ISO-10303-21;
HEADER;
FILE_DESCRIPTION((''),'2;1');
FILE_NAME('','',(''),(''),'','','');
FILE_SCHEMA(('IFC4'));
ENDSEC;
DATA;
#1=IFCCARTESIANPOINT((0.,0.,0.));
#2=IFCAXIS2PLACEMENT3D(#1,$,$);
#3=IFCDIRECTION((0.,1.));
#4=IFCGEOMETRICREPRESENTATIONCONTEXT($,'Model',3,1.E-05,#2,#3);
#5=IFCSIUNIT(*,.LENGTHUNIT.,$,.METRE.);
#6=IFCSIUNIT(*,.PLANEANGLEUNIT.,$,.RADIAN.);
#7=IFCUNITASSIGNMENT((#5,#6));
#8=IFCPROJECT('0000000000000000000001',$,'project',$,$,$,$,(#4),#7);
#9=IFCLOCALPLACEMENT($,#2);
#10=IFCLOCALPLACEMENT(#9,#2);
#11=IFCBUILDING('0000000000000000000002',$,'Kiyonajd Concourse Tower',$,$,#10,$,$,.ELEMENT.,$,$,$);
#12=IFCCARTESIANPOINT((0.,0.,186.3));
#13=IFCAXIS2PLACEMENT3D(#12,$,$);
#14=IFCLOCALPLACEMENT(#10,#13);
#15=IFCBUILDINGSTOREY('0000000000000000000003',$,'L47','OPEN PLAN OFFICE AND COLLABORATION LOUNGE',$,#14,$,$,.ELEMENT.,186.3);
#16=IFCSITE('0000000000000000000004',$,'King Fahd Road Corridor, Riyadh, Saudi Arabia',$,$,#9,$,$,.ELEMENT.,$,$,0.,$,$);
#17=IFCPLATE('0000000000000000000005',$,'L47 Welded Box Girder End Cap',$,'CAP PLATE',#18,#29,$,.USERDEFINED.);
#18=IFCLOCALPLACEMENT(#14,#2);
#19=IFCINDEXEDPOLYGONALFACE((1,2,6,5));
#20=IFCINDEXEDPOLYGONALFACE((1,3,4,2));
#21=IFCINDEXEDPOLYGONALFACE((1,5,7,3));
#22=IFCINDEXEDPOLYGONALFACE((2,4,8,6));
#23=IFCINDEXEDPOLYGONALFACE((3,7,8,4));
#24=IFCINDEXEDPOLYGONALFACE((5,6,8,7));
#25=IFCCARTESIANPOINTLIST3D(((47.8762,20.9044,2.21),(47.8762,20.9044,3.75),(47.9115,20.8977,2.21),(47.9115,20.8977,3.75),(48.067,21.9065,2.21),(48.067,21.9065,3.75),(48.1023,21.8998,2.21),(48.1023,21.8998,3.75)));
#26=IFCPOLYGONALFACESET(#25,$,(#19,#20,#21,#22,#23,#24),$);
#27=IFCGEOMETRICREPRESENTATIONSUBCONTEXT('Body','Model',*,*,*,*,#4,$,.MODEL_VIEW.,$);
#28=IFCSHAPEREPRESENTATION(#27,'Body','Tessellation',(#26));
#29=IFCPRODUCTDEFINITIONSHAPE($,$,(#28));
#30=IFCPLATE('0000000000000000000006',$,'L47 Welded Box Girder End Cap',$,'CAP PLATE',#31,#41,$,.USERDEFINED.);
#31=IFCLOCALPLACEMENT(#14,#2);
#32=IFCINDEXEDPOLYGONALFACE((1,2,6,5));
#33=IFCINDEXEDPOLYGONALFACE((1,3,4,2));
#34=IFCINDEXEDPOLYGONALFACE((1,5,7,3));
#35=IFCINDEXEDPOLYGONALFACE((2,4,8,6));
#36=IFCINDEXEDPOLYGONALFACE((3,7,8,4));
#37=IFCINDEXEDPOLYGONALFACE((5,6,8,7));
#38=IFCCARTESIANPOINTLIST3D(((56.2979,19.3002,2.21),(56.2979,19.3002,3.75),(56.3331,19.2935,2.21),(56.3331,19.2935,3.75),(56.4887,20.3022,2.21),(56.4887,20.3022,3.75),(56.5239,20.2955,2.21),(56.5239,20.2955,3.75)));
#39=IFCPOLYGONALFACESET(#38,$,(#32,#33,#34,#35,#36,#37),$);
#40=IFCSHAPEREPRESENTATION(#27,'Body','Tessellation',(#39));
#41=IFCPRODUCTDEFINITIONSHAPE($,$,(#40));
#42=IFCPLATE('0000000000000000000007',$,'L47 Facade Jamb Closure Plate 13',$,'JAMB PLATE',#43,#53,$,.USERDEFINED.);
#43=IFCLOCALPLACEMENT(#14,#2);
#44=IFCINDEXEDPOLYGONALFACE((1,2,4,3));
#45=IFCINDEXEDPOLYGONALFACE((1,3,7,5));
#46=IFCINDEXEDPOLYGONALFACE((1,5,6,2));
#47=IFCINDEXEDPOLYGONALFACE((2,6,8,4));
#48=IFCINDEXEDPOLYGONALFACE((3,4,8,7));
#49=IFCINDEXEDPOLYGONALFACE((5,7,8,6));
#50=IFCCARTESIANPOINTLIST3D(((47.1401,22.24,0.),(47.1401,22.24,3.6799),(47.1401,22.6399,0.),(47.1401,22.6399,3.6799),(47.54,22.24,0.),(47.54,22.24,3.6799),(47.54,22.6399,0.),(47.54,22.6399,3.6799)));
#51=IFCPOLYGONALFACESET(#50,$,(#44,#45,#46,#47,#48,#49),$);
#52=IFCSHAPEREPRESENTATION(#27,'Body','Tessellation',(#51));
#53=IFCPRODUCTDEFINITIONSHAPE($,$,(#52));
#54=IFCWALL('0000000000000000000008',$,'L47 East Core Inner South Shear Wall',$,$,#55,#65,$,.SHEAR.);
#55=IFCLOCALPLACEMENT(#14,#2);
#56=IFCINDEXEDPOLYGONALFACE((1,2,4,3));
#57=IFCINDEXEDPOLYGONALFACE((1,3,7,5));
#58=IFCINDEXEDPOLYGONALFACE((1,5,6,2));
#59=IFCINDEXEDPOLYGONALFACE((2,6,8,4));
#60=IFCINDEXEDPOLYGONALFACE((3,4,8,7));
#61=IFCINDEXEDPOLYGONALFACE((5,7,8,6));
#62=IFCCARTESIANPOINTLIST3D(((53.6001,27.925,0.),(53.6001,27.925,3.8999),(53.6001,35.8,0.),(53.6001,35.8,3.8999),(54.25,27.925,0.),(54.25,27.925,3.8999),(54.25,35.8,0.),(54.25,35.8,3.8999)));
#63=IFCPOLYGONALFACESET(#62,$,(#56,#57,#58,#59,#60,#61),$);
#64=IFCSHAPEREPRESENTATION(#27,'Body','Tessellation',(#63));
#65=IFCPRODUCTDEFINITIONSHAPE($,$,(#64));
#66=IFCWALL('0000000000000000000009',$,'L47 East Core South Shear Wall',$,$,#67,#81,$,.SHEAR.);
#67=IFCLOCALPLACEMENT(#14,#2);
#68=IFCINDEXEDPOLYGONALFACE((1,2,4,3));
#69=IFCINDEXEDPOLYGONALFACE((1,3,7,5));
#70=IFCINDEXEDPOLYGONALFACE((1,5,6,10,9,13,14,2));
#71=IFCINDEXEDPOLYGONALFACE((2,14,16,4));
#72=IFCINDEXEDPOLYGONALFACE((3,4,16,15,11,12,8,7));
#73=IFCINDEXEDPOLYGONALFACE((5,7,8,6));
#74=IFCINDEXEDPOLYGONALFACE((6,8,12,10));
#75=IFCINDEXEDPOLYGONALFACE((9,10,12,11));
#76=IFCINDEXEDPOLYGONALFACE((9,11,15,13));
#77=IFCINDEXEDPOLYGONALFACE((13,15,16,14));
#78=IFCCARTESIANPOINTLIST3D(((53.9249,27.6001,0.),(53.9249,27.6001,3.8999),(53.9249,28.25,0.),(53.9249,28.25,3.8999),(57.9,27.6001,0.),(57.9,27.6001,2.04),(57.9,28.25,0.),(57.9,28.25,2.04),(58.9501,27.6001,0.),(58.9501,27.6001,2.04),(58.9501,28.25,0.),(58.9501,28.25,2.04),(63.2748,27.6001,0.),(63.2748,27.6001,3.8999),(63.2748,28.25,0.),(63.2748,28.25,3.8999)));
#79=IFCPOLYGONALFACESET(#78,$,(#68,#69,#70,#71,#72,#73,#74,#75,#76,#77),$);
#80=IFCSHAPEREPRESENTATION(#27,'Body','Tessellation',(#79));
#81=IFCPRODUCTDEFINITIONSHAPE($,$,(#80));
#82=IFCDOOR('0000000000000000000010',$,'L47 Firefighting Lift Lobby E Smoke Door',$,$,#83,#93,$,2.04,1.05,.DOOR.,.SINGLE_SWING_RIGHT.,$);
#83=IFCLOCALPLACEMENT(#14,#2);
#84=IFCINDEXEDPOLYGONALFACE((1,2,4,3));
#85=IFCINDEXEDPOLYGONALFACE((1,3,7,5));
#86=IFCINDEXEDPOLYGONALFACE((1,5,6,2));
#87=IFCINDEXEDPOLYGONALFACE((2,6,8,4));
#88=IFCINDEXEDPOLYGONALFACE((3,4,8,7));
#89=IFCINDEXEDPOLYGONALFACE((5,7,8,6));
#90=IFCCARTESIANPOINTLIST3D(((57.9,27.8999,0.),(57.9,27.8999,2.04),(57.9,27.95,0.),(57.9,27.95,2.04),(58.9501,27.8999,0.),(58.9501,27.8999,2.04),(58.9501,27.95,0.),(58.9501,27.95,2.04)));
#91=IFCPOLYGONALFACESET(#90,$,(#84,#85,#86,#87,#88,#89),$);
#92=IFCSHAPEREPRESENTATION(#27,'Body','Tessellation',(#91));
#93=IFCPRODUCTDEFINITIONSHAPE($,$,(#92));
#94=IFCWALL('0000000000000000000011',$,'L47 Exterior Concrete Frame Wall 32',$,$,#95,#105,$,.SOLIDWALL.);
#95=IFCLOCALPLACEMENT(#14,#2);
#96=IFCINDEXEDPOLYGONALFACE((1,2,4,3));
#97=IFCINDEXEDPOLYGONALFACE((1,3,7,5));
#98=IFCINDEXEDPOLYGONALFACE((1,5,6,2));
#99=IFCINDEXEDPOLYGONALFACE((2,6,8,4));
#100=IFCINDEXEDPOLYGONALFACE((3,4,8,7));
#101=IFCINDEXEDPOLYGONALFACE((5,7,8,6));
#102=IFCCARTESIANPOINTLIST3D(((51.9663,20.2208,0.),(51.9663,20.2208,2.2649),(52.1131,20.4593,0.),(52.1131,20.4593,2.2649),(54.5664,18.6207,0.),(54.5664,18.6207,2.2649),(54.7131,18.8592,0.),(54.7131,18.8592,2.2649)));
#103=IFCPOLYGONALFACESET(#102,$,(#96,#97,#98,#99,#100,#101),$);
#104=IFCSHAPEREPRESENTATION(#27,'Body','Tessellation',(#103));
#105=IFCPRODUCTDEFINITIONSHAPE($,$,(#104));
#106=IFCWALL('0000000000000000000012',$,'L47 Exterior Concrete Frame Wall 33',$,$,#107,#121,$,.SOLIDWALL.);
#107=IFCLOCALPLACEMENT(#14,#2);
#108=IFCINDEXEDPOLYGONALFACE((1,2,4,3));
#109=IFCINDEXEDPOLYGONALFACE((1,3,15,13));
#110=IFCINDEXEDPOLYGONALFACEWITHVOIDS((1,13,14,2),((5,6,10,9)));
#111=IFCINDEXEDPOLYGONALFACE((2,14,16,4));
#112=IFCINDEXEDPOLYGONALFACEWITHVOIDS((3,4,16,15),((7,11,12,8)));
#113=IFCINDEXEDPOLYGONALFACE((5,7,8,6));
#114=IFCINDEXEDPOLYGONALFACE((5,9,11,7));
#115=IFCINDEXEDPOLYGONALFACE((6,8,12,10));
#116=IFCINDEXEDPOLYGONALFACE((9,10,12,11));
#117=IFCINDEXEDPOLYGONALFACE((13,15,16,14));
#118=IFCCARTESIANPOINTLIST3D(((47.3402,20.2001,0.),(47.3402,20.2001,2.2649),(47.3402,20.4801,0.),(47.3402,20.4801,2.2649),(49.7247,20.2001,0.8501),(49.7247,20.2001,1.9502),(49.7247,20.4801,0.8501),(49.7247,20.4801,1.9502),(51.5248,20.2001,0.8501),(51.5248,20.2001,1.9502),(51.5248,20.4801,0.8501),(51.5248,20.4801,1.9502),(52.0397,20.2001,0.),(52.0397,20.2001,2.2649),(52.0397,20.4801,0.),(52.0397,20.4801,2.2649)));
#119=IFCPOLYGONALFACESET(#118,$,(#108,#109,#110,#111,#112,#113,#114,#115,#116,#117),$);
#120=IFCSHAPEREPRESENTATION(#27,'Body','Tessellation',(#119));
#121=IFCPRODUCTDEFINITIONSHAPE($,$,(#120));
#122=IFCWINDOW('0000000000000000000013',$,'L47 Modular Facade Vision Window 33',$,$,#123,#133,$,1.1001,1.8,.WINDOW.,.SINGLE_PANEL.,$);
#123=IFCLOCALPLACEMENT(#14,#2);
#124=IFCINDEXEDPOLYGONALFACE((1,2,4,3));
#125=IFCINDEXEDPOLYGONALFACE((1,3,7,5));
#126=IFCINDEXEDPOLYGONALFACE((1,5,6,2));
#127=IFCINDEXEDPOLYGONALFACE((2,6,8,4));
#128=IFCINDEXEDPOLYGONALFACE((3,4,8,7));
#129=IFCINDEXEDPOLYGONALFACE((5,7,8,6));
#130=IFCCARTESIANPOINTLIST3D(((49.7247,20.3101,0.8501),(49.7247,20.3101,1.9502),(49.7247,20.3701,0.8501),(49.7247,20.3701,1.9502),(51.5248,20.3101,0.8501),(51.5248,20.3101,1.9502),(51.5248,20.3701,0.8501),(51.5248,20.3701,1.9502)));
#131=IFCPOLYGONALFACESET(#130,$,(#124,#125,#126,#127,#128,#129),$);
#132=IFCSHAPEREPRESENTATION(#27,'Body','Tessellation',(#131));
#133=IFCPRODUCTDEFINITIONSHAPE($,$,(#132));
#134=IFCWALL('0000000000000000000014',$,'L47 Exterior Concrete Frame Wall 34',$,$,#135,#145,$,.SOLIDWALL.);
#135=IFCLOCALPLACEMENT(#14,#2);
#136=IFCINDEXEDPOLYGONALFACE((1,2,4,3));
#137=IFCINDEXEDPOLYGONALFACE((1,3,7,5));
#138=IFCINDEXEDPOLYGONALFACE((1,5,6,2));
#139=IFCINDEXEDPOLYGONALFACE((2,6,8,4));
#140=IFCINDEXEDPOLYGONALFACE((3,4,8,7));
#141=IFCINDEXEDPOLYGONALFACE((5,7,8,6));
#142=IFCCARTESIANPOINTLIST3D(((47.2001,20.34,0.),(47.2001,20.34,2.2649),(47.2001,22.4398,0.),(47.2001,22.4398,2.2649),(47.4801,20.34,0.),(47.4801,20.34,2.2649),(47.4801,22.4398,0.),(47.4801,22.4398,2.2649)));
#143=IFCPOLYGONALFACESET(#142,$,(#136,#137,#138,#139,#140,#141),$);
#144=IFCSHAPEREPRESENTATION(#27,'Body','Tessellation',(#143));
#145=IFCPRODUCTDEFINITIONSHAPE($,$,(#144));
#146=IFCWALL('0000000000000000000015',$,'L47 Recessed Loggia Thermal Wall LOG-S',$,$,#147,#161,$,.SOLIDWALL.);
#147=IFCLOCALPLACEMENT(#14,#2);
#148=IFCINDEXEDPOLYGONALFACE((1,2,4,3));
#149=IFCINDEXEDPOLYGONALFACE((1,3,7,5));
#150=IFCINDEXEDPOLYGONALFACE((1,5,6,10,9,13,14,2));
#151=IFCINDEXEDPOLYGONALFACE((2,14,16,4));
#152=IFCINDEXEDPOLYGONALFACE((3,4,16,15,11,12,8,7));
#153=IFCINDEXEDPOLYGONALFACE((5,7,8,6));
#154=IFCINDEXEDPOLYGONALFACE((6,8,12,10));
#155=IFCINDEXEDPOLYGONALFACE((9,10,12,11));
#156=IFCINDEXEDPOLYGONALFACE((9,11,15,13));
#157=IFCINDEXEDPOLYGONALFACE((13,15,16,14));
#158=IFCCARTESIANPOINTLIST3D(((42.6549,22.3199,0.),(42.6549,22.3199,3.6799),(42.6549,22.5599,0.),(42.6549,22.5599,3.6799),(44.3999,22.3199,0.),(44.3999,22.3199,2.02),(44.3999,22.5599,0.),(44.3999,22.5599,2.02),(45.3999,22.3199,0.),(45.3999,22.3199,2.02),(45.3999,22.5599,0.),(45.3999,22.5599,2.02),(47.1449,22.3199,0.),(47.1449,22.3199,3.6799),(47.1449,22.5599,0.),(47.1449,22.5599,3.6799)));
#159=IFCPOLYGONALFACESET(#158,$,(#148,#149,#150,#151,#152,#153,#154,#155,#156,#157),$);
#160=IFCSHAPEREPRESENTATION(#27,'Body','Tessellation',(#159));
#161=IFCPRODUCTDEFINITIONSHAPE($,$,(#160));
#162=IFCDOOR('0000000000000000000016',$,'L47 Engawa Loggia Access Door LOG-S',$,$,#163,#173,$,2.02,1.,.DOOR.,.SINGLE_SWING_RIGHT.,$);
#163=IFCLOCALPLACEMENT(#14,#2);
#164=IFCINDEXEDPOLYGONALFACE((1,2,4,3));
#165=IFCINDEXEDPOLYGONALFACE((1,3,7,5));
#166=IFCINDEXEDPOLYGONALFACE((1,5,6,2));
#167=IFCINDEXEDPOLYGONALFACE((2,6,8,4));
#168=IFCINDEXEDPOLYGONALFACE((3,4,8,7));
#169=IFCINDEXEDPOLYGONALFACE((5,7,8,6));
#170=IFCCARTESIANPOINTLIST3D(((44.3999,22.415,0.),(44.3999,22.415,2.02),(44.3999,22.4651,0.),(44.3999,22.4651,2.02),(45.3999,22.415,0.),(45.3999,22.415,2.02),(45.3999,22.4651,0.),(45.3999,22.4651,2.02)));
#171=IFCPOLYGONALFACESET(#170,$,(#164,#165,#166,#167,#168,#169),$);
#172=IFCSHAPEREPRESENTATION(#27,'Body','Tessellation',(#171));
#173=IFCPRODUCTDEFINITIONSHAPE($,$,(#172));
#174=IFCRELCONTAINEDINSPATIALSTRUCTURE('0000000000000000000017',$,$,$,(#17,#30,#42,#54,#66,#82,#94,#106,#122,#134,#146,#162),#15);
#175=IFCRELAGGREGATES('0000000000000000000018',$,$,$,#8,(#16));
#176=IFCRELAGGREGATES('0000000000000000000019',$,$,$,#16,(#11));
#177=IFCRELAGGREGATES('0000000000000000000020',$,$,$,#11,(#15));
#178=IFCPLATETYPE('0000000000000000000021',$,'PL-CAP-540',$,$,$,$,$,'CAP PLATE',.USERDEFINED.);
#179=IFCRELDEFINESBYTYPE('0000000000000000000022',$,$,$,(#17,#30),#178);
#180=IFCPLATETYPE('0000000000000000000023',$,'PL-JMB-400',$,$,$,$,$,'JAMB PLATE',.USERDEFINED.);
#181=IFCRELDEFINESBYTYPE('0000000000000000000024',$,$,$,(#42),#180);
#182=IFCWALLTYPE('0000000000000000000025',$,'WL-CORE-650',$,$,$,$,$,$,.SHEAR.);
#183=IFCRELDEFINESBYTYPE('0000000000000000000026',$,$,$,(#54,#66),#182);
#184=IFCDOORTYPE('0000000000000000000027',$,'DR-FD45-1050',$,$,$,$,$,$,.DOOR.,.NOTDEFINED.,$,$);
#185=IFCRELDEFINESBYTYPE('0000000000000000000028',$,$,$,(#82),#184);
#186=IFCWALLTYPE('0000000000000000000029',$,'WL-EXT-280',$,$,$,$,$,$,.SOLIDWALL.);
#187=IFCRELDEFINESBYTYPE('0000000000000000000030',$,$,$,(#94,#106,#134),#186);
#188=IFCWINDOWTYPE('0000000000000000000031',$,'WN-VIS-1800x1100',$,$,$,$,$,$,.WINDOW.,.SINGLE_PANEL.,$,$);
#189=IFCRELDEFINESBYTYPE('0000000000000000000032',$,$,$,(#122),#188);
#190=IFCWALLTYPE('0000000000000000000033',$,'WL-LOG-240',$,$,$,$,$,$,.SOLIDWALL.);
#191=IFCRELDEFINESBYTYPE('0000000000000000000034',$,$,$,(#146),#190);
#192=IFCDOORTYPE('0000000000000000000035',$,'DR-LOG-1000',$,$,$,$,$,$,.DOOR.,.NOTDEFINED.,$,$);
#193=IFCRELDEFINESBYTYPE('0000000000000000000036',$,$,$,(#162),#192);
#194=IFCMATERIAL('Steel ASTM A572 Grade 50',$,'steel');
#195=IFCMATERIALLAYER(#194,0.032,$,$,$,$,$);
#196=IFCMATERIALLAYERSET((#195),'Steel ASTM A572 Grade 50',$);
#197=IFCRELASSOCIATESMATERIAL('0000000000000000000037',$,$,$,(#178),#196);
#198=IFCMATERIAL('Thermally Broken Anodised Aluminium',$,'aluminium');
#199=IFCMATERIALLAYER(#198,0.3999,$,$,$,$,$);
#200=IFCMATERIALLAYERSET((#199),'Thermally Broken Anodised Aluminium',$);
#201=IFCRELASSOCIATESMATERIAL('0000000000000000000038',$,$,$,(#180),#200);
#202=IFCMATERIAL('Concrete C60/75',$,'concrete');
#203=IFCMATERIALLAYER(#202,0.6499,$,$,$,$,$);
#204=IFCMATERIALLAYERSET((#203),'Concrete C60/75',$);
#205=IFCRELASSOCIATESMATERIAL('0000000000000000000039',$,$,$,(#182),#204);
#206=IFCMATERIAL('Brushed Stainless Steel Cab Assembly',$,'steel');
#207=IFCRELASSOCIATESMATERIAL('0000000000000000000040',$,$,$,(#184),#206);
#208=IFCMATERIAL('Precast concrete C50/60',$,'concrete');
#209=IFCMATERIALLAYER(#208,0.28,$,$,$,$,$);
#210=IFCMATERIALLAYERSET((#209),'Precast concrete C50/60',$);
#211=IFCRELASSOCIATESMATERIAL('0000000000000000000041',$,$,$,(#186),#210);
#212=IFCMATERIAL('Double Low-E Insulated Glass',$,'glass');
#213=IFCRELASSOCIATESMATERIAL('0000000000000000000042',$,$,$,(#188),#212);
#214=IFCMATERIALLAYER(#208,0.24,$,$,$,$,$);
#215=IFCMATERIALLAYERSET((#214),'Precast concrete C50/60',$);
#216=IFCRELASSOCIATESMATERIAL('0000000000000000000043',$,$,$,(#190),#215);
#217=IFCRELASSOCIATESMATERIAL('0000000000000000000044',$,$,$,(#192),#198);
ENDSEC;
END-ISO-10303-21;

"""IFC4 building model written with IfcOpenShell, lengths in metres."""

from ifc_helpers import new_model, si_unit, direction, frame, frame_2d, origin, origin_2d, place, context, subcontext, project, spatial, rectangle, extrude, material, layer, layer_set, type_object, element, fill, save


model = new_model("IFC4")

# Units and contexts
model_context = context("Model", 3, precision=1e-05, world=origin(), true_north=direction((0.0, 1.0)))
body_context = subcontext(model_context, "Body", "Model", "MODEL_VIEW")
ifc_project = project(units=[si_unit("LENGTHUNIT", "METRE"), si_unit("PLANEANGLEUNIT", "RADIAN")], contexts=[model_context])

# Site, building, storey
site_placement = place(None, origin())
site = spatial("IfcSite", under=ifc_project, at=site_placement, Name="King Fahd Road Corridor, Riyadh, Saudi Arabia", CompositionType="ELEMENT", RefElevation=0.0)
building_placement = place(site_placement, origin())
building = spatial("IfcBuilding", under=site, at=building_placement, Name="Kiyonajd Concourse Tower", CompositionType="ELEMENT")
storey_placement = place(building_placement, frame((0.0, 0.0, 186.3)))
storey = spatial("IfcBuildingStorey", under=building, at=storey_placement, Name="L47", Description="OPEN PLAN OFFICE AND COLLABORATION LOUNGE", CompositionType="ELEMENT", Elevation=186.3)

# Shared definitions
ifc_material_1 = material(Name="Concrete C60/75", Category="concrete")
ifc_material_2 = material(Name="Steel ASTM A572 Grade 50", Category="steel")

# Plates
ifc_layer_1 = layer(ifc_material_2, 0.032)
ifc_layer_set_1 = layer_set([ifc_layer_1], Name="Steel ASTM A572 Grade 50")
plate_type_1 = type_object("IfcPlateType", Name="PL-CAP-540", ElementType="CAP PLATE", PredefinedType="USERDEFINED", material=ifc_layer_set_1)
for number, where, z_axis, x_axis, name in (
    (1, (47.9893, 21.4021, 2.21), (0.0, 0.0, 1.0), (-0.982353, 0.187038, 0.0), "L47 Welded Box Girder End Cap"),
    (2, (56.4109, 19.7979, 2.21), (0.0, 0.0, 1.0), (0.982353, -0.187038, 0.0), "L47 Welded Box Girder End Cap"),
):
    element("IfcPlate", number, at=place(storey_placement, frame(where, z_axis=z_axis, x_axis=x_axis)), inside=storey, type_object=plate_type_1, Name=name, ObjectType="CAP PLATE", PredefinedType="USERDEFINED", context=body_context, shape_type="SweptSolid", body=[
        extrude(rectangle(XDim=0.0359, YDim=1.02, at=origin_2d()), origin(), (0.0, 0.0, 1.0), 1.54),
    ])
ifc_material_3 = material(Name="Thermally Broken Anodised Aluminium", Category="aluminium")
ifc_layer_2 = layer(ifc_material_3, 0.3999)
ifc_layer_set_2 = layer_set([ifc_layer_2], Name="Thermally Broken Anodised Aluminium")
plate_type_2 = type_object("IfcPlateType", Name="PL-JMB-400", ElementType="JAMB PLATE", PredefinedType="USERDEFINED", material=ifc_layer_set_2)
plate_placement = place(storey_placement, frame((47.3401, 22.4399, 0.0), z_axis=(0.0, 0.0, 1.0), x_axis=(1.0, 0.0, 0.0)))
element("IfcPlate", 3, at=plate_placement, inside=storey, type_object=plate_type_2, Name="L47 Facade Jamb Closure Plate 13", ObjectType="JAMB PLATE", PredefinedType="USERDEFINED", context=body_context, shape_type="SweptSolid", body=[
    extrude(rectangle(XDim=0.3999, YDim=0.3999, at=origin_2d()), origin(), (0.0, 0.0, 1.0), 3.6799),
])

# Wall
ifc_layer_3 = layer(ifc_material_1, 0.6499)
ifc_layer_set_3 = layer_set([ifc_layer_3], Name="Concrete C60/75")
wall_type_1 = type_object("IfcWallType", Name="WL-CORE-650", PredefinedType="SHEAR", material=ifc_layer_set_3)
wall_1_placement = place(storey_placement, frame((53.925, 27.925, 0.0), z_axis=(0.0, 0.0, 1.0), x_axis=(0.0, 1.0, 0.0)))
element("IfcWall", 4, at=wall_1_placement, inside=storey, type_object=wall_type_1, Name="L47 East Core Inner South Shear Wall", PredefinedType="SHEAR", context=body_context, shape_type="SweptSolid", body=[
    extrude(rectangle(XDim=7.875, YDim=0.6499, at=frame_2d((3.9375, 0.0))), origin(), (0.0, 0.0, 1.0), 3.8999),
])

# Wall, opening, door
wall_2_placement = place(storey_placement, frame((53.925, 27.925, 0.0), z_axis=(0.0, 0.0, 1.0), x_axis=(1.0, 0.0, 0.0)))
wall_2 = element("IfcWall", 5, at=wall_2_placement, inside=storey, type_object=wall_type_1, Name="L47 East Core South Shear Wall", PredefinedType="SHEAR", context=body_context, shape_type="SweptSolid", body=[
    extrude(rectangle(XDim=9.3499, YDim=0.6499, at=frame_2d((4.6748, 0.0))), origin(), (0.0, 0.0, 1.0), 3.8999),
])
opening_1_placement = place(wall_2_placement, frame((3.9751, 0.0, 0.0)))
opening_1 = element("IfcOpeningElement", 6, at=opening_1_placement, cuts=wall_2, PredefinedType="OPENING", context=body_context, shape_type="SweptSolid", body=[
    extrude(rectangle(XDim=1.05, YDim=2.04, at=frame_2d((0.5249, 1.02))), frame((0.0, 0.335, 0.0), z_axis=(0.0, -1.0, 0.0), x_axis=(1.0, 0.0, 0.0)), (0.0, 0.0, 1.0), 0.6699),
])
ifc_material_4 = material(Name="Brushed Stainless Steel Cab Assembly", Category="steel")
door_type_1 = type_object("IfcDoorType", Name="DR-FD45-1050", OperationType="NOTDEFINED", PredefinedType="DOOR", material=ifc_material_4)
door_1_placement = place(opening_1_placement, origin())
door_1 = element("IfcDoor", 7, at=door_1_placement, inside=storey, type_object=door_type_1, Name="L47 Firefighting Lift Lobby E Smoke Door", OperationType="SINGLE_SWING_RIGHT", OverallHeight=2.04, OverallWidth=1.05, PredefinedType="DOOR", context=body_context, shape_type="SweptSolid", body=[
    extrude(rectangle(XDim=1.05, YDim=2.04, at=frame_2d((0.5249, 1.02))), frame((0.0, 0.0249, 0.0), z_axis=(0.0, -1.0, 0.0), x_axis=(1.0, 0.0, 0.0)), (0.0, 0.0, 1.0), 0.05),
])
fill(opening_1, door_1)

# Wall
ifc_material_5 = material(Name="Precast concrete C50/60", Category="concrete")
ifc_layer_4 = layer(ifc_material_5, 0.28)
ifc_layer_set_4 = layer_set([ifc_layer_4], Name="Precast concrete C50/60")
wall_type_2 = type_object("IfcWallType", Name="WL-EXT-280", PredefinedType="SOLIDWALL", material=ifc_layer_set_4)
wall_3_placement = place(storey_placement, frame((54.6396, 18.74, 0.0), z_axis=(0.0, 0.0, 1.0), x_axis=(-0.851653, 0.524106, 0.0)))
element("IfcWall", 8, at=wall_3_placement, inside=storey, type_object=wall_type_2, Name="L47 Exterior Concrete Frame Wall 32", PredefinedType="SOLIDWALL", context=body_context, shape_type="SweptSolid", body=[
    extrude(rectangle(XDim=3.053, YDim=0.28, at=frame_2d((1.5264, 0.0))), origin(), (0.0, 0.0, 1.0), 2.2649),
])

# Wall, opening, window
wall_4_placement = place(storey_placement, frame((52.0396, 20.3401, 0.0), z_axis=(0.0, 0.0, 1.0), x_axis=(-1.0, 0.0, 0.0)))
wall_4 = element("IfcWall", 9, at=wall_4_placement, inside=storey, type_object=wall_type_2, Name="L47 Exterior Concrete Frame Wall 33", PredefinedType="SOLIDWALL", context=body_context, shape_type="SweptSolid", body=[
    extrude(rectangle(XDim=4.6995, YDim=0.28, at=frame_2d((2.3496, 0.0))), origin(), (0.0, 0.0, 1.0), 2.2649),
])
opening_2_placement = place(wall_4_placement, frame((0.5149, 0.0, 0.8501)))
opening_2 = element("IfcOpeningElement", 10, at=opening_2_placement, cuts=wall_4, PredefinedType="OPENING", context=body_context, shape_type="SweptSolid", body=[
    extrude(rectangle(XDim=1.8, YDim=1.1001, at=frame_2d((0.8999, 0.55))), frame((0.0, 0.1499, 0.0), z_axis=(0.0, -1.0, 0.0), x_axis=(1.0, 0.0, 0.0)), (0.0, 0.0, 1.0), 0.3),
])
ifc_material_6 = material(Name="Double Low-E Insulated Glass", Category="glass")
window_type = type_object("IfcWindowType", Name="WN-VIS-1800x1100", PartitioningType="SINGLE_PANEL", PredefinedType="WINDOW", material=ifc_material_6)
window_placement = place(opening_2_placement, origin())
window = element("IfcWindow", 11, at=window_placement, inside=storey, type_object=window_type, Name="L47 Modular Facade Vision Window 33", OverallHeight=1.1001, OverallWidth=1.8, PartitioningType="SINGLE_PANEL", PredefinedType="WINDOW", context=body_context, shape_type="SweptSolid", body=[
    extrude(rectangle(XDim=1.8, YDim=1.1001, at=frame_2d((0.8999, 0.55))), frame((0.0, 0.03, 0.0), z_axis=(0.0, -1.0, 0.0), x_axis=(1.0, 0.0, 0.0)), (0.0, 0.0, 1.0), 0.0601),
])
fill(opening_2, window)

# Wall
wall_5_placement = place(storey_placement, frame((47.3401, 20.3401, 0.0), z_axis=(0.0, 0.0, 1.0), x_axis=(0.0, 1.0, 0.0)))
element("IfcWall", 12, at=wall_5_placement, inside=storey, type_object=wall_type_2, Name="L47 Exterior Concrete Frame Wall 34", PredefinedType="SOLIDWALL", context=body_context, shape_type="SweptSolid", body=[
    extrude(rectangle(XDim=2.0999, YDim=0.28, at=frame_2d((1.0498, 0.0))), origin(), (0.0, 0.0, 1.0), 2.2649),
])

# Wall, opening, door
ifc_layer_5 = layer(ifc_material_5, 0.24)
ifc_layer_set_5 = layer_set([ifc_layer_5], Name="Precast concrete C50/60")
wall_type_3 = type_object("IfcWallType", Name="WL-LOG-240", PredefinedType="SOLIDWALL", material=ifc_layer_set_5)
wall_6_placement = place(storey_placement, frame((47.145, 22.4399, 0.0), z_axis=(0.0, 0.0, 1.0), x_axis=(-1.0, 0.0, 0.0)))
wall_6 = element("IfcWall", 13, at=wall_6_placement, inside=storey, type_object=wall_type_3, Name="L47 Recessed Loggia Thermal Wall LOG-S", PredefinedType="SOLIDWALL", context=body_context, shape_type="SweptSolid", body=[
    extrude(rectangle(XDim=4.49, YDim=0.24, at=frame_2d((2.2451, 0.0))), origin(), (0.0, 0.0, 1.0), 3.6799),
])
opening_3_placement = place(wall_6_placement, frame((1.7451, 0.0, 0.0)))
opening_3 = element("IfcOpeningElement", 14, at=opening_3_placement, cuts=wall_6, PredefinedType="OPENING", context=body_context, shape_type="SweptSolid", body=[
    extrude(rectangle(XDim=1.0, YDim=2.02, at=frame_2d((0.5, 1.01))), frame((0.0, 0.1299, 0.0), z_axis=(0.0, -1.0, 0.0), x_axis=(1.0, 0.0, 0.0)), (0.0, 0.0, 1.0), 0.26),
])
door_type_2 = type_object("IfcDoorType", Name="DR-LOG-1000", OperationType="NOTDEFINED", PredefinedType="DOOR", material=ifc_material_3)
door_2_placement = place(opening_3_placement, origin())
door_2 = element("IfcDoor", 15, at=door_2_placement, inside=storey, type_object=door_type_2, Name="L47 Engawa Loggia Access Door LOG-S", OperationType="SINGLE_SWING_RIGHT", OverallHeight=2.02, OverallWidth=1.0, PredefinedType="DOOR", context=body_context, shape_type="SweptSolid", body=[
    extrude(rectangle(XDim=1.0, YDim=2.02, at=frame_2d((0.5, 1.01))), frame((0.0, 0.0249, 0.0), z_axis=(0.0, -1.0, 0.0), x_axis=(1.0, 0.0, 0.0)), (0.0, 0.0, 1.0), 0.05),
])
fill(opening_3, door_2)

save(model, "model.ifc")
